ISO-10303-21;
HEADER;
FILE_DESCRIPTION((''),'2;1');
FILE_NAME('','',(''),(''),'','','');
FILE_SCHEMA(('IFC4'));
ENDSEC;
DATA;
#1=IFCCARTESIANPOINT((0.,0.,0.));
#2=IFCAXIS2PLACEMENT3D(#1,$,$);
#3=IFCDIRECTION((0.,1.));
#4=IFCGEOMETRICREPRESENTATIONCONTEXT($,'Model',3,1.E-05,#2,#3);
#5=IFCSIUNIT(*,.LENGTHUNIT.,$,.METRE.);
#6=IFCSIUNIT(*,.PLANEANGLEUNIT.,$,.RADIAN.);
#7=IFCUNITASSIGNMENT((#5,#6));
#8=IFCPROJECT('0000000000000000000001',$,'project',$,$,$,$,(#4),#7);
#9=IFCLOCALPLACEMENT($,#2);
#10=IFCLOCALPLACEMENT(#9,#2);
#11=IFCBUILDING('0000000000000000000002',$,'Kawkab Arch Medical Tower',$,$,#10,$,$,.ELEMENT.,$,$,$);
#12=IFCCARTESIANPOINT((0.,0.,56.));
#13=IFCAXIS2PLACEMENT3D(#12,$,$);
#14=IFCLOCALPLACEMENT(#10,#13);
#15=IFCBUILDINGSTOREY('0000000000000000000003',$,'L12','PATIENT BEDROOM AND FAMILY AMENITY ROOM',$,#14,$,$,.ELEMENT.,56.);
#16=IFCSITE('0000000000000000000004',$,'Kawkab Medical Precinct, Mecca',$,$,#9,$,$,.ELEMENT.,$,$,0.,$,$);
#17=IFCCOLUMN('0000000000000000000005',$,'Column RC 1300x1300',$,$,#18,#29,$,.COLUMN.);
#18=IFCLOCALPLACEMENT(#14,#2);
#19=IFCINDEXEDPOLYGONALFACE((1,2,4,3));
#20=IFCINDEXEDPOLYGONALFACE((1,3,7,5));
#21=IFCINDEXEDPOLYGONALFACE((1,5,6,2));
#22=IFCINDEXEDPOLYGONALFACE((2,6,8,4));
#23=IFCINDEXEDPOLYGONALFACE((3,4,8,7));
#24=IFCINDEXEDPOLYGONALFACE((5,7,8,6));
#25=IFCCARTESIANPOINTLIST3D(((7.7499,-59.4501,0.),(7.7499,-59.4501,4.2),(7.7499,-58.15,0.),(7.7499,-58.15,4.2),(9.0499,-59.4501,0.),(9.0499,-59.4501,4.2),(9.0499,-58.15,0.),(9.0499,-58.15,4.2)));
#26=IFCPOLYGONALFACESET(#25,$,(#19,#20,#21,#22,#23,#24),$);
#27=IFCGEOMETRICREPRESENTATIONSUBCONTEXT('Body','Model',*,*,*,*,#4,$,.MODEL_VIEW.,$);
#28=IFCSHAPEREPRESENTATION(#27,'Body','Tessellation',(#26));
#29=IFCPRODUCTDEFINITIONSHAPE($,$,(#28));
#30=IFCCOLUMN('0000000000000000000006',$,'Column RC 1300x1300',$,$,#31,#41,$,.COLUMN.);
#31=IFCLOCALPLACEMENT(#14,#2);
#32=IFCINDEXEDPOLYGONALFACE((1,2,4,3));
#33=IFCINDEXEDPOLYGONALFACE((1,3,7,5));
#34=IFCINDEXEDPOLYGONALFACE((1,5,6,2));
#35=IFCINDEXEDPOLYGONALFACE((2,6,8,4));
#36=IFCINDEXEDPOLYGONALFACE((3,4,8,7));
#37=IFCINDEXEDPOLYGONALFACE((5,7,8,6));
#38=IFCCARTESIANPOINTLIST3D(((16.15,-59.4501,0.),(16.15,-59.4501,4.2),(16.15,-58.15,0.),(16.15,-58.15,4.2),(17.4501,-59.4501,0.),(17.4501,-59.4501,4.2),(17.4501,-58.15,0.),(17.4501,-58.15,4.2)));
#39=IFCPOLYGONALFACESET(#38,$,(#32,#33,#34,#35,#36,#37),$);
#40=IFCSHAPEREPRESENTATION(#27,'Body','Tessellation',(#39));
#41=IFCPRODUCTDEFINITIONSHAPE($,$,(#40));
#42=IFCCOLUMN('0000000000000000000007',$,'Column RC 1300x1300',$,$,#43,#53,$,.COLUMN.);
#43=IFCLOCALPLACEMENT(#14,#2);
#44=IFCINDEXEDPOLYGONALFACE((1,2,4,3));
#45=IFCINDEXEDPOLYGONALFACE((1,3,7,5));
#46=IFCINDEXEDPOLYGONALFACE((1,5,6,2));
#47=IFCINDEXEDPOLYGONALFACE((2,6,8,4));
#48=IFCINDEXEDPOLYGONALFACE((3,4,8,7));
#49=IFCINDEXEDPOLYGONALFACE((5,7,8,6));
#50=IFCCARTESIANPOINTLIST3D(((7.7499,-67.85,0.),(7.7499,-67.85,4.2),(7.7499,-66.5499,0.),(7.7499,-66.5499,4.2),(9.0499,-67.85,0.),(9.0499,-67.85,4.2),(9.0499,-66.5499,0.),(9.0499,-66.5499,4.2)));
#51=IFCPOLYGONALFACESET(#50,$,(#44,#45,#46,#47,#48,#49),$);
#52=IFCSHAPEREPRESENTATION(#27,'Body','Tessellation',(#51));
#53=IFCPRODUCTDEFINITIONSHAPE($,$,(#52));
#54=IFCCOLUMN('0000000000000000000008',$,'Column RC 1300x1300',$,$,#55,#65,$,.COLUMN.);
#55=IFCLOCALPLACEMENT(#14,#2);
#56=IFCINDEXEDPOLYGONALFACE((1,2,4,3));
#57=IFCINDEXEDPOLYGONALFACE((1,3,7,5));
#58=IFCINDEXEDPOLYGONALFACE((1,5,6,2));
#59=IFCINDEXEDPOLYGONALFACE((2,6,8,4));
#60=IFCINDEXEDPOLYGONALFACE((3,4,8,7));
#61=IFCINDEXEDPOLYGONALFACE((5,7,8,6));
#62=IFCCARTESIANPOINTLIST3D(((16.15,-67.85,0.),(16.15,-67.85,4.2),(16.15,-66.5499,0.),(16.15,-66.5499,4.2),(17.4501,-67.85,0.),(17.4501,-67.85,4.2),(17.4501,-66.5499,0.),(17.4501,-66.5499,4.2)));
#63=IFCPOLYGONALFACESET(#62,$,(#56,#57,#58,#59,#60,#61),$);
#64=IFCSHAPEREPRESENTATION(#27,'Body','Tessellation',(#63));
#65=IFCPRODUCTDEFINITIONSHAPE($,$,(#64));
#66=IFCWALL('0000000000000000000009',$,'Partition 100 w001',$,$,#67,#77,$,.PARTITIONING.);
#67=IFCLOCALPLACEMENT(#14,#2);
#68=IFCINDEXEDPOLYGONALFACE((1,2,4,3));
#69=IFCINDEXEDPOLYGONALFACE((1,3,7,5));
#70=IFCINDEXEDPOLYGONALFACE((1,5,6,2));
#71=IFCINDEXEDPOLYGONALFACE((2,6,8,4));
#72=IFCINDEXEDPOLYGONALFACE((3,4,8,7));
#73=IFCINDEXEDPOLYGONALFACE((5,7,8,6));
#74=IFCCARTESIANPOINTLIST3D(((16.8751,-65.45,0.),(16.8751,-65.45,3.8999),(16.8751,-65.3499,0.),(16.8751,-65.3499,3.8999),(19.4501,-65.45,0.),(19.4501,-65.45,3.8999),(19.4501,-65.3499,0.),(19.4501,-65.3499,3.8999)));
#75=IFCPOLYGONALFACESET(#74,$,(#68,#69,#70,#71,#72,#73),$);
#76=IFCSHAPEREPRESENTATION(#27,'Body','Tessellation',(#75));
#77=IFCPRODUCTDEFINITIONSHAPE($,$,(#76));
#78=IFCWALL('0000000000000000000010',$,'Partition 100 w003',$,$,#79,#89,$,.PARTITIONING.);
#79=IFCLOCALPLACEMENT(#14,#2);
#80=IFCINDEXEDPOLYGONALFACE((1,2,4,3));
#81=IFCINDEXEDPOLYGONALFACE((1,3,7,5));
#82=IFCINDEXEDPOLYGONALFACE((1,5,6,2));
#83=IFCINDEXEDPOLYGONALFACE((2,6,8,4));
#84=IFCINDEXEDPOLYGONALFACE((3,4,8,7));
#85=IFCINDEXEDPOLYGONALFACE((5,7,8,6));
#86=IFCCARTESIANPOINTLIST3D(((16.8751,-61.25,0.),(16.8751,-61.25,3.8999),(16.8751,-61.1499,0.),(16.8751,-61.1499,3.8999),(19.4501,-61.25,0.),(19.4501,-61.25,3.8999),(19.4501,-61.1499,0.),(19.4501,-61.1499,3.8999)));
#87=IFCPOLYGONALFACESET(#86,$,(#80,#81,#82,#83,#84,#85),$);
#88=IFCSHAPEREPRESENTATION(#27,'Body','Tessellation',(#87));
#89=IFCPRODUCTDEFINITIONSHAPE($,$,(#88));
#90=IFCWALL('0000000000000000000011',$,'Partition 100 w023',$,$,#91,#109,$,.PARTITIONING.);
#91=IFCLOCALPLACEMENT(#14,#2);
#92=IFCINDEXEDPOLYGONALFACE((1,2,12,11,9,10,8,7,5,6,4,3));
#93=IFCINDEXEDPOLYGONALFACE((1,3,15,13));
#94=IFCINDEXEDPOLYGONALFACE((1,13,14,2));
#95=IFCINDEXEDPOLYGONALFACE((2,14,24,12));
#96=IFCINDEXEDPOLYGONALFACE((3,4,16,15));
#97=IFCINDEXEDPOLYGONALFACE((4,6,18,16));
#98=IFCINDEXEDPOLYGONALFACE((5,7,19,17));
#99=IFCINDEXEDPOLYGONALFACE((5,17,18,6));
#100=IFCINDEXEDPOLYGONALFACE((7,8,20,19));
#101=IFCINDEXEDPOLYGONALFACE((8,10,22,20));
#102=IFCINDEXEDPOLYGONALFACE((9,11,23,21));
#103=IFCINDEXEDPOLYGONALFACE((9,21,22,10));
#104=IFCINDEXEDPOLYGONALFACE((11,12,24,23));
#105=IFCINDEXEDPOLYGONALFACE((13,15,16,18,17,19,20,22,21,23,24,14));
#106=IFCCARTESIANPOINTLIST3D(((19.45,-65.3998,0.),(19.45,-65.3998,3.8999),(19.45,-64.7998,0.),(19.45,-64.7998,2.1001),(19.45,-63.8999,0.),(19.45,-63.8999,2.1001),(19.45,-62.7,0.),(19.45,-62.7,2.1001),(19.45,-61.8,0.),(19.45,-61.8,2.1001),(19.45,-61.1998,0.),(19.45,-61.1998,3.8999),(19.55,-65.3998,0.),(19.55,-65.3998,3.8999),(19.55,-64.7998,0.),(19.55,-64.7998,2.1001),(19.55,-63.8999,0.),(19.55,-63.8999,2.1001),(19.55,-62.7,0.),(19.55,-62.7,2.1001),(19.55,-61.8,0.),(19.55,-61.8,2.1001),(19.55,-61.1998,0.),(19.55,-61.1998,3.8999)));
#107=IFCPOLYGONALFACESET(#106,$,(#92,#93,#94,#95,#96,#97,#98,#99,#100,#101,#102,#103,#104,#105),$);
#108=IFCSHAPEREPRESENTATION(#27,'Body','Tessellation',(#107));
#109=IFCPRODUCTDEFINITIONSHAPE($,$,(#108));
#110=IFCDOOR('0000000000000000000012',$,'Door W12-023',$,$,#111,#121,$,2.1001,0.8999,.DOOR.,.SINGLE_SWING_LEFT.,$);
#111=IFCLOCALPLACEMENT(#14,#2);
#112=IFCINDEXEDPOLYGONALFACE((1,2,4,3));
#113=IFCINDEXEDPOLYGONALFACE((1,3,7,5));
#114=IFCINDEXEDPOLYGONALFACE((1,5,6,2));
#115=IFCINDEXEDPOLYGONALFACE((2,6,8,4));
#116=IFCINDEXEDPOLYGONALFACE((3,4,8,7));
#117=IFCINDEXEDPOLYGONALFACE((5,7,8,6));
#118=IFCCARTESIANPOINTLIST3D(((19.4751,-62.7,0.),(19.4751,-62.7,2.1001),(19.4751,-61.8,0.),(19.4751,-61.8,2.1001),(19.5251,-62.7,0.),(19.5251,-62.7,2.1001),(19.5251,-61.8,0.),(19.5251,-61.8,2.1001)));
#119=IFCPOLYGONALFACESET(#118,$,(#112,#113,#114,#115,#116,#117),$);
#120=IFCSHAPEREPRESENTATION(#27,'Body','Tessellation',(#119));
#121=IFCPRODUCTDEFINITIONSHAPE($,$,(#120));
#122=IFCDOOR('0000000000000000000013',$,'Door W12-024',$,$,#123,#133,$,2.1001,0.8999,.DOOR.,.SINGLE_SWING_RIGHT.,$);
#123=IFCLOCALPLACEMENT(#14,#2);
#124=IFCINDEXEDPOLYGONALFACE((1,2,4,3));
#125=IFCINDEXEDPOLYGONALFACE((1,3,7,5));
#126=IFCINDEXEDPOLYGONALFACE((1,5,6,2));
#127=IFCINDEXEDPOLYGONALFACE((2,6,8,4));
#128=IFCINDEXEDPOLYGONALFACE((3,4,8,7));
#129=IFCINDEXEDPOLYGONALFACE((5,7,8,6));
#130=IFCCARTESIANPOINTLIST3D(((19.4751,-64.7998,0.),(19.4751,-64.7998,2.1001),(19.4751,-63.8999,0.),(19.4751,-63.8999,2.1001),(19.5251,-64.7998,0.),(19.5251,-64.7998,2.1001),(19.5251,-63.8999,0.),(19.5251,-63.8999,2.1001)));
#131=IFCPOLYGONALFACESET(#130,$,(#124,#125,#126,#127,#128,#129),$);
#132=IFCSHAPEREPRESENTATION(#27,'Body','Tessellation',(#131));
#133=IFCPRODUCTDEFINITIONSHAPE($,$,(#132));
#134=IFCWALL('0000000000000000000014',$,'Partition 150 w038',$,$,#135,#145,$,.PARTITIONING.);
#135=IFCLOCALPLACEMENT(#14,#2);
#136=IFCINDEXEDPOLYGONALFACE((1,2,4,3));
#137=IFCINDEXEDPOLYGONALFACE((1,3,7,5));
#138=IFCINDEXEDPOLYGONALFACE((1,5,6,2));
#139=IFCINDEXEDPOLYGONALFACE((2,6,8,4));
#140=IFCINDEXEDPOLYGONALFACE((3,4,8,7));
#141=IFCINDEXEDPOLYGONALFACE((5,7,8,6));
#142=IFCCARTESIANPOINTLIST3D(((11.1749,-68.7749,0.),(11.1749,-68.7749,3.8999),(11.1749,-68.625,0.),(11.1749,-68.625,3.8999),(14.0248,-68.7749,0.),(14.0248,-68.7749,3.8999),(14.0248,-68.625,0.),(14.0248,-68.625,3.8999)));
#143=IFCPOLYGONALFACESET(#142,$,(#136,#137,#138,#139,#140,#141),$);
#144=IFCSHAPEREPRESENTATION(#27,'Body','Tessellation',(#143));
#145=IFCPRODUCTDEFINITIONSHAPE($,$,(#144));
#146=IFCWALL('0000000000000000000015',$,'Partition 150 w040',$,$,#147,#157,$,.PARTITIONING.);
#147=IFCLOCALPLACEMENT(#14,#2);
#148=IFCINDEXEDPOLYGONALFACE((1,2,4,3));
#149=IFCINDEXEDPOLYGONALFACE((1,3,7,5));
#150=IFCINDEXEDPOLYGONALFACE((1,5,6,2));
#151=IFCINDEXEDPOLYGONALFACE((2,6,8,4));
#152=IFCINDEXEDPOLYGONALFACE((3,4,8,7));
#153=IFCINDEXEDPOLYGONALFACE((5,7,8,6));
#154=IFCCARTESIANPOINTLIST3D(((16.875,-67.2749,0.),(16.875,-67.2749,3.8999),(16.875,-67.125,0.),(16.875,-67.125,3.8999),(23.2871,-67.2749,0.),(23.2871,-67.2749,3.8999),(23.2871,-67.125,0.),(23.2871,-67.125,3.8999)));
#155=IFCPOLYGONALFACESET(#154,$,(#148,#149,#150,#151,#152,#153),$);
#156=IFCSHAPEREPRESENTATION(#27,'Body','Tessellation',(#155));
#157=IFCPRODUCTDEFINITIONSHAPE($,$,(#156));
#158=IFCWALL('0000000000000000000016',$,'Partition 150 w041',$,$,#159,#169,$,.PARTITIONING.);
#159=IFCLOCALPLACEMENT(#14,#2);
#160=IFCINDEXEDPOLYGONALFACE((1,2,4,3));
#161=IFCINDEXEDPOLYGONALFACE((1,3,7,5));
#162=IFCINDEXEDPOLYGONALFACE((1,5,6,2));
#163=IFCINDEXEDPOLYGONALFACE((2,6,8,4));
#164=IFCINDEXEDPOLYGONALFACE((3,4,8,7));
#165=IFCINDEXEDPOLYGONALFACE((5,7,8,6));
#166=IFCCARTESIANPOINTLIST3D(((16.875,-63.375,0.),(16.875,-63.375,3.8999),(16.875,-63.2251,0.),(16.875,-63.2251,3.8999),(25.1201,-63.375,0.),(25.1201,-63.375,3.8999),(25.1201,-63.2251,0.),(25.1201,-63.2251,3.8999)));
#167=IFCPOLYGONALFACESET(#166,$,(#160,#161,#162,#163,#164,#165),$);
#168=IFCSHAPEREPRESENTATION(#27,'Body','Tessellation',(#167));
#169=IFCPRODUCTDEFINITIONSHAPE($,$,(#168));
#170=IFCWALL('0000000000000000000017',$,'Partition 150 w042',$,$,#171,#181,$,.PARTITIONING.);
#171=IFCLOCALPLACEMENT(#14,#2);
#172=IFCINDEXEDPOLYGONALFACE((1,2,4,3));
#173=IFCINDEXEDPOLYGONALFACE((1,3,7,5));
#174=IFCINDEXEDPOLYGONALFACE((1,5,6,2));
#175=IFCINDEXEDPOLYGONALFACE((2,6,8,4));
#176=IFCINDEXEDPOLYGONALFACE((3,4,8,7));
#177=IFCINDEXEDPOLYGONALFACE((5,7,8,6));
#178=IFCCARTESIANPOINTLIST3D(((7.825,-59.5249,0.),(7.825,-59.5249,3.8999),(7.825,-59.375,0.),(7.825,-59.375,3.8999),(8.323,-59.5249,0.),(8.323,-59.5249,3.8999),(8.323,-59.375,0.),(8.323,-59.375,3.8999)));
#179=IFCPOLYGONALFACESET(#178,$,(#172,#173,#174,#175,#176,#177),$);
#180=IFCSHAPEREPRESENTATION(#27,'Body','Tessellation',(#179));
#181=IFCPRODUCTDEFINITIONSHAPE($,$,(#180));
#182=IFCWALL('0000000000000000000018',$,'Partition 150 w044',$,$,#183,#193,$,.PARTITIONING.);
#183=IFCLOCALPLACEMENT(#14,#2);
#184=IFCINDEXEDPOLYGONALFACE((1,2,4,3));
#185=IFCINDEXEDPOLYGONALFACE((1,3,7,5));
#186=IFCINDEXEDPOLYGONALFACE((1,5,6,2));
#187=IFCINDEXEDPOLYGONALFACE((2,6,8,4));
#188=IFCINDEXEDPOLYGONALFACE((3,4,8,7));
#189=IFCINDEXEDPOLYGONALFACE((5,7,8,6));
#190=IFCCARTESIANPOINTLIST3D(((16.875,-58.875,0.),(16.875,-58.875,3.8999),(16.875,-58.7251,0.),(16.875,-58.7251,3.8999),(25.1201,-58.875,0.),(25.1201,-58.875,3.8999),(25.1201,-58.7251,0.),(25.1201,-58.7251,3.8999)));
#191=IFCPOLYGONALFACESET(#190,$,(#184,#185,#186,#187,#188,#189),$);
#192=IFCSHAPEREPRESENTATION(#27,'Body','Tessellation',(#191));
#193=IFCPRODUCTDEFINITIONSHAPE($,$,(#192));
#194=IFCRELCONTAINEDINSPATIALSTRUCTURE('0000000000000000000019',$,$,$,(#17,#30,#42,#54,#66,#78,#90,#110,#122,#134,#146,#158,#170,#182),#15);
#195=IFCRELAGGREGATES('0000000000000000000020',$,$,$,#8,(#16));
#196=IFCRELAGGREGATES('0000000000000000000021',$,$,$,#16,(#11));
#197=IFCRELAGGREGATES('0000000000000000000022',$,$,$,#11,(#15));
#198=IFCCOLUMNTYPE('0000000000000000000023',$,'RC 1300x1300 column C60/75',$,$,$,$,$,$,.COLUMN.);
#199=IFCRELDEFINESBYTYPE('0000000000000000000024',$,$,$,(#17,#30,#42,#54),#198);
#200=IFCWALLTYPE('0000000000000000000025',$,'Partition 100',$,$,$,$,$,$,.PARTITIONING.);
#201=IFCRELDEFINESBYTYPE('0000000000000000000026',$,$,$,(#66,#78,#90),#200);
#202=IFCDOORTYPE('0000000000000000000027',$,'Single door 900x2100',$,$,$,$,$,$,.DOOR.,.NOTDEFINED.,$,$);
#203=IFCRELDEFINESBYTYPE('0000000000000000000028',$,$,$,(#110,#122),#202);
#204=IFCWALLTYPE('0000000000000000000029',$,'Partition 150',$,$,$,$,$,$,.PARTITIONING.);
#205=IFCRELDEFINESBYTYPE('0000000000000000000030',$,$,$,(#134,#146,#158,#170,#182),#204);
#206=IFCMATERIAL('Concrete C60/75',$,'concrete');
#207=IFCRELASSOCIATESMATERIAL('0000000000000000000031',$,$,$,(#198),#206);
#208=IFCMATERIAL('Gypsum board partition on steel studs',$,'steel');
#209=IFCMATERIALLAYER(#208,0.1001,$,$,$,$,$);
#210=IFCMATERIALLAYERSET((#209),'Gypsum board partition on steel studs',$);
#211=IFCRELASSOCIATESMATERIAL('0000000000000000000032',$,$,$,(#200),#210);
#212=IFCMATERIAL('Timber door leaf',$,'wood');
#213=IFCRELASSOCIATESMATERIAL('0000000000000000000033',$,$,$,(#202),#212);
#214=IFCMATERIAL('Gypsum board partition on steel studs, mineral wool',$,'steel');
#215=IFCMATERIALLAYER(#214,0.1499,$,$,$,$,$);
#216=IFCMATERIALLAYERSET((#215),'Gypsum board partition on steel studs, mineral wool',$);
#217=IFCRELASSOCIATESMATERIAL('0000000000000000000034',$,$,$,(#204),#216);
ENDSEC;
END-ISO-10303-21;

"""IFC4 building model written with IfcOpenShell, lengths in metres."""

from ifc_helpers import new_model, si_unit, direction, frame, frame_2d, origin, origin_2d, place, context, subcontext, project, spatial, rectangle, extrude, material, layer, layer_set, material_profile, profile_set, type_object, element, fill, save


model = new_model("IFC4")

# Units and contexts
model_context = context("Model", 3, precision=1e-05, world=origin(), true_north=direction((0.0, 1.0)))
body_context = subcontext(model_context, "Body", "Model", "MODEL_VIEW")
ifc_project = project(units=[si_unit("LENGTHUNIT", "METRE"), si_unit("PLANEANGLEUNIT", "RADIAN")], contexts=[model_context])

# Site, building, storey
site_placement = place(None, origin())
site = spatial("IfcSite", under=ifc_project, at=site_placement, Name="Kawkab Medical Precinct, Mecca", CompositionType="ELEMENT", RefElevation=0.0)
building_placement = place(site_placement, origin())
building = spatial("IfcBuilding", under=site, at=building_placement, Name="Kawkab Arch Medical Tower", CompositionType="ELEMENT")
storey_placement = place(building_placement, frame((0.0, 0.0, 56.0)))
storey = spatial("IfcBuildingStorey", under=building, at=storey_placement, Name="L12", Description="PATIENT BEDROOM AND FAMILY AMENITY ROOM", CompositionType="ELEMENT", Elevation=56.0)

# Columns
ifc_material_1 = material(Name="Concrete C60/75", Category="concrete")
ifc_material_profile = material_profile(ifc_material_1, rectangle(XDim=1.3, YDim=1.3, at=origin_2d()), Name="RC 1300x1300")
ifc_profile_set = profile_set([ifc_material_profile], Name="Concrete C60/75")
column_type = type_object("IfcColumnType", Name="RC 1300x1300 column C60/75", PredefinedType="COLUMN", material=ifc_profile_set)
for number, where, z_axis, x_axis, name in (
    (1, (8.3999, -58.8, 0.0), (0.0, 0.0, 1.0), (1.0, 0.0, 0.0), "Column RC 1300x1300"),
    (2, (16.8, -58.8, 0.0), (0.0, 0.0, 1.0), (1.0, 0.0, 0.0), "Column RC 1300x1300"),
    (3, (8.3999, -67.2, 0.0), (0.0, 0.0, 1.0), (1.0, 0.0, 0.0), "Column RC 1300x1300"),
    (4, (16.8, -67.2, 0.0), (0.0, 0.0, 1.0), (1.0, 0.0, 0.0), "Column RC 1300x1300"),
):
    element("IfcColumn", number, at=place(storey_placement, frame(where, z_axis=z_axis, x_axis=x_axis)), inside=storey, type_object=column_type, Name=name, PredefinedType="COLUMN", context=body_context, shape_type="SweptSolid", body=[
        extrude(rectangle(XDim=1.3, YDim=1.3, at=origin_2d()), origin(), (0.0, 0.0, 1.0), 4.2),
    ])

# Walls
ifc_material_2 = material(Name="Gypsum board partition on steel studs", Category="steel")
ifc_layer_1 = layer(ifc_material_2, 0.1001)
ifc_layer_set_1 = layer_set([ifc_layer_1], Name="Gypsum board partition on steel studs")
wall_type_1 = type_object("IfcWallType", Name="Partition 100", PredefinedType="PARTITIONING", material=ifc_layer_set_1)
for number, where, z_axis, x_axis, name in (
    (5, (16.875, -65.3999, 0.0), (0.0, 0.0, 1.0), (1.0, 0.0, 0.0), "Partition 100 w001"),
    (6, (16.875, -61.2, 0.0), (0.0, 0.0, 1.0), (1.0, 0.0, 0.0), "Partition 100 w003"),
):
    element("IfcWall", number, at=place(storey_placement, frame(where, z_axis=z_axis, x_axis=x_axis)), inside=storey, type_object=wall_type_1, Name=name, PredefinedType="PARTITIONING", context=body_context, shape_type="SweptSolid", body=[
        extrude(rectangle(XDim=2.575, YDim=0.1001, at=frame_2d((1.2876, 0.0))), origin(), (0.0, 0.0, 1.0), 3.8999),
    ])

# Wall, openings, doors
wall_1_placement = place(storey_placement, frame((19.5, -65.3999, 0.0), z_axis=(0.0, 0.0, 1.0), x_axis=(0.0, 1.0, 0.0)))
wall_1 = element("IfcWall", 7, at=wall_1_placement, inside=storey, type_object=wall_type_1, Name="Partition 100 w023", PredefinedType="PARTITIONING", context=body_context, shape_type="SweptSolid", body=[
    extrude(rectangle(XDim=4.2, YDim=0.1001, at=frame_2d((2.1001, 0.0))), origin(), (0.0, 0.0, 1.0), 3.8999),
])
opening_1_placement = place(wall_1_placement, frame((2.7, 0.0, 0.0)))
opening_1 = element("IfcOpeningElement", 8, at=opening_1_placement, cuts=wall_1, PredefinedType="OPENING", context=body_context, shape_type="SweptSolid", body=[
    extrude(rectangle(XDim=0.8999, YDim=2.1001, at=frame_2d((0.45, 1.05))), frame((0.0, 0.0601, 0.0), z_axis=(0.0, -1.0, 0.0), x_axis=(1.0, 0.0, 0.0)), (0.0, 0.0, 1.0), 0.1201),
])
opening_2_placement = place(wall_1_placement, frame((0.6001, 0.0, 0.0)))
opening_2 = element("IfcOpeningElement", 9, at=opening_2_placement, cuts=wall_1, PredefinedType="OPENING", context=body_context, shape_type="SweptSolid", body=[
    extrude(rectangle(XDim=0.8999, YDim=2.1001, at=frame_2d((0.45, 1.05))), frame((0.0, 0.0601, 0.0), z_axis=(0.0, -1.0, 0.0), x_axis=(1.0, 0.0, 0.0)), (0.0, 0.0, 1.0), 0.1201),
])
ifc_material_3 = material(Name="Timber door leaf", Category="wood")
door_type_1 = type_object("IfcDoorType", Name="Single door 900x2100", OperationType="NOTDEFINED", PredefinedType="DOOR", material=ifc_material_3)
door_1_placement = place(opening_1_placement, origin())
door_1 = element("IfcDoor", 10, at=door_1_placement, inside=storey, type_object=door_type_1, Name="Door W12-023", OperationType="SINGLE_SWING_LEFT", OverallHeight=2.1001, OverallWidth=0.8999, PredefinedType="DOOR", context=body_context, shape_type="SweptSolid", body=[
    extrude(rectangle(XDim=0.8999, YDim=2.1001, at=frame_2d((0.45, 1.05))), frame((0.0, 0.0249, 0.0), z_axis=(0.0, -1.0, 0.0), x_axis=(1.0, 0.0, 0.0)), (0.0, 0.0, 1.0), 0.05),
])
fill(opening_1, door_1)
door_2_placement = place(opening_2_placement, origin())
door_2 = element("IfcDoor", 11, at=door_2_placement, inside=storey, type_object=door_type_1, Name="Door W12-024", OperationType="SINGLE_SWING_RIGHT", OverallHeight=2.1001, OverallWidth=0.8999, PredefinedType="DOOR", context=body_context, shape_type="SweptSolid", body=[
    extrude(rectangle(XDim=0.8999, YDim=2.1001, at=frame_2d((0.45, 1.05))), frame((0.0, 0.0249, 0.0), z_axis=(0.0, -1.0, 0.0), x_axis=(1.0, 0.0, 0.0)), (0.0, 0.0, 1.0), 0.05),
])
fill(opening_2, door_2)

# Walls
ifc_material_4 = material(Name="Gypsum board partition on steel studs, mineral wool", Category="steel")
ifc_layer_2 = layer(ifc_material_4, 0.1499)
ifc_layer_set_2 = layer_set([ifc_layer_2], Name="Gypsum board partition on steel studs, mineral wool")
wall_type_2 = type_object("IfcWallType", Name="Partition 150", PredefinedType="PARTITIONING", material=ifc_layer_set_2)
wall_2_placement = place(storey_placement, frame((11.175, -68.7, 0.0), z_axis=(0.0, 0.0, 1.0), x_axis=(1.0, 0.0, 0.0)))
element("IfcWall", 12, at=wall_2_placement, inside=storey, type_object=wall_type_2, Name="Partition 150 w038", PredefinedType="PARTITIONING", context=body_context, shape_type="SweptSolid", body=[
    extrude(rectangle(XDim=2.8499, YDim=0.1499, at=frame_2d((1.4248, 0.0))), origin(), (0.0, 0.0, 1.0), 3.8999),
])
wall_3_placement = place(storey_placement, frame((16.875, -67.2, 0.0), z_axis=(0.0, 0.0, 1.0), x_axis=(1.0, 0.0, 0.0)))
element("IfcWall", 13, at=wall_3_placement, inside=storey, type_object=wall_type_2, Name="Partition 150 w040", PredefinedType="PARTITIONING", context=body_context, shape_type="SweptSolid", body=[
    extrude(rectangle(XDim=6.4121, YDim=0.1499, at=frame_2d((3.2061, 0.0))), origin(), (0.0, 0.0, 1.0), 3.8999),
])
wall_4_placement = place(storey_placement, frame((16.875, -63.3, 0.0), z_axis=(0.0, 0.0, 1.0), x_axis=(1.0, 0.0, 0.0)))
element("IfcWall", 14, at=wall_4_placement, inside=storey, type_object=wall_type_2, Name="Partition 150 w041", PredefinedType="PARTITIONING", context=body_context, shape_type="SweptSolid", body=[
    extrude(rectangle(XDim=8.2451, YDim=0.1499, at=frame_2d((4.1226, 0.0))), origin(), (0.0, 0.0, 1.0), 3.8999),
])
wall_5_placement = place(storey_placement, frame((7.825, -59.45, 0.0), z_axis=(0.0, 0.0, 1.0), x_axis=(1.0, 0.0, 0.0)))
element("IfcWall", 15, at=wall_5_placement, inside=storey, type_object=wall_type_2, Name="Partition 150 w042", PredefinedType="PARTITIONING", context=body_context, shape_type="SweptSolid", body=[
    extrude(rectangle(XDim=0.498, YDim=0.1499, at=frame_2d((0.249, 0.0))), origin(), (0.0, 0.0, 1.0), 3.8999),
])
wall_6_placement = place(storey_placement, frame((16.875, -58.8, 0.0), z_axis=(0.0, 0.0, 1.0), x_axis=(1.0, 0.0, 0.0)))
element("IfcWall", 16, at=wall_6_placement, inside=storey, type_object=wall_type_2, Name="Partition 150 w044", PredefinedType="PARTITIONING", context=body_context, shape_type="SweptSolid", body=[
    extrude(rectangle(XDim=8.2451, YDim=0.1499, at=frame_2d((4.1226, 0.0))), origin(), (0.0, 0.0, 1.0), 3.8999),
])

save(model, "model.ifc")
